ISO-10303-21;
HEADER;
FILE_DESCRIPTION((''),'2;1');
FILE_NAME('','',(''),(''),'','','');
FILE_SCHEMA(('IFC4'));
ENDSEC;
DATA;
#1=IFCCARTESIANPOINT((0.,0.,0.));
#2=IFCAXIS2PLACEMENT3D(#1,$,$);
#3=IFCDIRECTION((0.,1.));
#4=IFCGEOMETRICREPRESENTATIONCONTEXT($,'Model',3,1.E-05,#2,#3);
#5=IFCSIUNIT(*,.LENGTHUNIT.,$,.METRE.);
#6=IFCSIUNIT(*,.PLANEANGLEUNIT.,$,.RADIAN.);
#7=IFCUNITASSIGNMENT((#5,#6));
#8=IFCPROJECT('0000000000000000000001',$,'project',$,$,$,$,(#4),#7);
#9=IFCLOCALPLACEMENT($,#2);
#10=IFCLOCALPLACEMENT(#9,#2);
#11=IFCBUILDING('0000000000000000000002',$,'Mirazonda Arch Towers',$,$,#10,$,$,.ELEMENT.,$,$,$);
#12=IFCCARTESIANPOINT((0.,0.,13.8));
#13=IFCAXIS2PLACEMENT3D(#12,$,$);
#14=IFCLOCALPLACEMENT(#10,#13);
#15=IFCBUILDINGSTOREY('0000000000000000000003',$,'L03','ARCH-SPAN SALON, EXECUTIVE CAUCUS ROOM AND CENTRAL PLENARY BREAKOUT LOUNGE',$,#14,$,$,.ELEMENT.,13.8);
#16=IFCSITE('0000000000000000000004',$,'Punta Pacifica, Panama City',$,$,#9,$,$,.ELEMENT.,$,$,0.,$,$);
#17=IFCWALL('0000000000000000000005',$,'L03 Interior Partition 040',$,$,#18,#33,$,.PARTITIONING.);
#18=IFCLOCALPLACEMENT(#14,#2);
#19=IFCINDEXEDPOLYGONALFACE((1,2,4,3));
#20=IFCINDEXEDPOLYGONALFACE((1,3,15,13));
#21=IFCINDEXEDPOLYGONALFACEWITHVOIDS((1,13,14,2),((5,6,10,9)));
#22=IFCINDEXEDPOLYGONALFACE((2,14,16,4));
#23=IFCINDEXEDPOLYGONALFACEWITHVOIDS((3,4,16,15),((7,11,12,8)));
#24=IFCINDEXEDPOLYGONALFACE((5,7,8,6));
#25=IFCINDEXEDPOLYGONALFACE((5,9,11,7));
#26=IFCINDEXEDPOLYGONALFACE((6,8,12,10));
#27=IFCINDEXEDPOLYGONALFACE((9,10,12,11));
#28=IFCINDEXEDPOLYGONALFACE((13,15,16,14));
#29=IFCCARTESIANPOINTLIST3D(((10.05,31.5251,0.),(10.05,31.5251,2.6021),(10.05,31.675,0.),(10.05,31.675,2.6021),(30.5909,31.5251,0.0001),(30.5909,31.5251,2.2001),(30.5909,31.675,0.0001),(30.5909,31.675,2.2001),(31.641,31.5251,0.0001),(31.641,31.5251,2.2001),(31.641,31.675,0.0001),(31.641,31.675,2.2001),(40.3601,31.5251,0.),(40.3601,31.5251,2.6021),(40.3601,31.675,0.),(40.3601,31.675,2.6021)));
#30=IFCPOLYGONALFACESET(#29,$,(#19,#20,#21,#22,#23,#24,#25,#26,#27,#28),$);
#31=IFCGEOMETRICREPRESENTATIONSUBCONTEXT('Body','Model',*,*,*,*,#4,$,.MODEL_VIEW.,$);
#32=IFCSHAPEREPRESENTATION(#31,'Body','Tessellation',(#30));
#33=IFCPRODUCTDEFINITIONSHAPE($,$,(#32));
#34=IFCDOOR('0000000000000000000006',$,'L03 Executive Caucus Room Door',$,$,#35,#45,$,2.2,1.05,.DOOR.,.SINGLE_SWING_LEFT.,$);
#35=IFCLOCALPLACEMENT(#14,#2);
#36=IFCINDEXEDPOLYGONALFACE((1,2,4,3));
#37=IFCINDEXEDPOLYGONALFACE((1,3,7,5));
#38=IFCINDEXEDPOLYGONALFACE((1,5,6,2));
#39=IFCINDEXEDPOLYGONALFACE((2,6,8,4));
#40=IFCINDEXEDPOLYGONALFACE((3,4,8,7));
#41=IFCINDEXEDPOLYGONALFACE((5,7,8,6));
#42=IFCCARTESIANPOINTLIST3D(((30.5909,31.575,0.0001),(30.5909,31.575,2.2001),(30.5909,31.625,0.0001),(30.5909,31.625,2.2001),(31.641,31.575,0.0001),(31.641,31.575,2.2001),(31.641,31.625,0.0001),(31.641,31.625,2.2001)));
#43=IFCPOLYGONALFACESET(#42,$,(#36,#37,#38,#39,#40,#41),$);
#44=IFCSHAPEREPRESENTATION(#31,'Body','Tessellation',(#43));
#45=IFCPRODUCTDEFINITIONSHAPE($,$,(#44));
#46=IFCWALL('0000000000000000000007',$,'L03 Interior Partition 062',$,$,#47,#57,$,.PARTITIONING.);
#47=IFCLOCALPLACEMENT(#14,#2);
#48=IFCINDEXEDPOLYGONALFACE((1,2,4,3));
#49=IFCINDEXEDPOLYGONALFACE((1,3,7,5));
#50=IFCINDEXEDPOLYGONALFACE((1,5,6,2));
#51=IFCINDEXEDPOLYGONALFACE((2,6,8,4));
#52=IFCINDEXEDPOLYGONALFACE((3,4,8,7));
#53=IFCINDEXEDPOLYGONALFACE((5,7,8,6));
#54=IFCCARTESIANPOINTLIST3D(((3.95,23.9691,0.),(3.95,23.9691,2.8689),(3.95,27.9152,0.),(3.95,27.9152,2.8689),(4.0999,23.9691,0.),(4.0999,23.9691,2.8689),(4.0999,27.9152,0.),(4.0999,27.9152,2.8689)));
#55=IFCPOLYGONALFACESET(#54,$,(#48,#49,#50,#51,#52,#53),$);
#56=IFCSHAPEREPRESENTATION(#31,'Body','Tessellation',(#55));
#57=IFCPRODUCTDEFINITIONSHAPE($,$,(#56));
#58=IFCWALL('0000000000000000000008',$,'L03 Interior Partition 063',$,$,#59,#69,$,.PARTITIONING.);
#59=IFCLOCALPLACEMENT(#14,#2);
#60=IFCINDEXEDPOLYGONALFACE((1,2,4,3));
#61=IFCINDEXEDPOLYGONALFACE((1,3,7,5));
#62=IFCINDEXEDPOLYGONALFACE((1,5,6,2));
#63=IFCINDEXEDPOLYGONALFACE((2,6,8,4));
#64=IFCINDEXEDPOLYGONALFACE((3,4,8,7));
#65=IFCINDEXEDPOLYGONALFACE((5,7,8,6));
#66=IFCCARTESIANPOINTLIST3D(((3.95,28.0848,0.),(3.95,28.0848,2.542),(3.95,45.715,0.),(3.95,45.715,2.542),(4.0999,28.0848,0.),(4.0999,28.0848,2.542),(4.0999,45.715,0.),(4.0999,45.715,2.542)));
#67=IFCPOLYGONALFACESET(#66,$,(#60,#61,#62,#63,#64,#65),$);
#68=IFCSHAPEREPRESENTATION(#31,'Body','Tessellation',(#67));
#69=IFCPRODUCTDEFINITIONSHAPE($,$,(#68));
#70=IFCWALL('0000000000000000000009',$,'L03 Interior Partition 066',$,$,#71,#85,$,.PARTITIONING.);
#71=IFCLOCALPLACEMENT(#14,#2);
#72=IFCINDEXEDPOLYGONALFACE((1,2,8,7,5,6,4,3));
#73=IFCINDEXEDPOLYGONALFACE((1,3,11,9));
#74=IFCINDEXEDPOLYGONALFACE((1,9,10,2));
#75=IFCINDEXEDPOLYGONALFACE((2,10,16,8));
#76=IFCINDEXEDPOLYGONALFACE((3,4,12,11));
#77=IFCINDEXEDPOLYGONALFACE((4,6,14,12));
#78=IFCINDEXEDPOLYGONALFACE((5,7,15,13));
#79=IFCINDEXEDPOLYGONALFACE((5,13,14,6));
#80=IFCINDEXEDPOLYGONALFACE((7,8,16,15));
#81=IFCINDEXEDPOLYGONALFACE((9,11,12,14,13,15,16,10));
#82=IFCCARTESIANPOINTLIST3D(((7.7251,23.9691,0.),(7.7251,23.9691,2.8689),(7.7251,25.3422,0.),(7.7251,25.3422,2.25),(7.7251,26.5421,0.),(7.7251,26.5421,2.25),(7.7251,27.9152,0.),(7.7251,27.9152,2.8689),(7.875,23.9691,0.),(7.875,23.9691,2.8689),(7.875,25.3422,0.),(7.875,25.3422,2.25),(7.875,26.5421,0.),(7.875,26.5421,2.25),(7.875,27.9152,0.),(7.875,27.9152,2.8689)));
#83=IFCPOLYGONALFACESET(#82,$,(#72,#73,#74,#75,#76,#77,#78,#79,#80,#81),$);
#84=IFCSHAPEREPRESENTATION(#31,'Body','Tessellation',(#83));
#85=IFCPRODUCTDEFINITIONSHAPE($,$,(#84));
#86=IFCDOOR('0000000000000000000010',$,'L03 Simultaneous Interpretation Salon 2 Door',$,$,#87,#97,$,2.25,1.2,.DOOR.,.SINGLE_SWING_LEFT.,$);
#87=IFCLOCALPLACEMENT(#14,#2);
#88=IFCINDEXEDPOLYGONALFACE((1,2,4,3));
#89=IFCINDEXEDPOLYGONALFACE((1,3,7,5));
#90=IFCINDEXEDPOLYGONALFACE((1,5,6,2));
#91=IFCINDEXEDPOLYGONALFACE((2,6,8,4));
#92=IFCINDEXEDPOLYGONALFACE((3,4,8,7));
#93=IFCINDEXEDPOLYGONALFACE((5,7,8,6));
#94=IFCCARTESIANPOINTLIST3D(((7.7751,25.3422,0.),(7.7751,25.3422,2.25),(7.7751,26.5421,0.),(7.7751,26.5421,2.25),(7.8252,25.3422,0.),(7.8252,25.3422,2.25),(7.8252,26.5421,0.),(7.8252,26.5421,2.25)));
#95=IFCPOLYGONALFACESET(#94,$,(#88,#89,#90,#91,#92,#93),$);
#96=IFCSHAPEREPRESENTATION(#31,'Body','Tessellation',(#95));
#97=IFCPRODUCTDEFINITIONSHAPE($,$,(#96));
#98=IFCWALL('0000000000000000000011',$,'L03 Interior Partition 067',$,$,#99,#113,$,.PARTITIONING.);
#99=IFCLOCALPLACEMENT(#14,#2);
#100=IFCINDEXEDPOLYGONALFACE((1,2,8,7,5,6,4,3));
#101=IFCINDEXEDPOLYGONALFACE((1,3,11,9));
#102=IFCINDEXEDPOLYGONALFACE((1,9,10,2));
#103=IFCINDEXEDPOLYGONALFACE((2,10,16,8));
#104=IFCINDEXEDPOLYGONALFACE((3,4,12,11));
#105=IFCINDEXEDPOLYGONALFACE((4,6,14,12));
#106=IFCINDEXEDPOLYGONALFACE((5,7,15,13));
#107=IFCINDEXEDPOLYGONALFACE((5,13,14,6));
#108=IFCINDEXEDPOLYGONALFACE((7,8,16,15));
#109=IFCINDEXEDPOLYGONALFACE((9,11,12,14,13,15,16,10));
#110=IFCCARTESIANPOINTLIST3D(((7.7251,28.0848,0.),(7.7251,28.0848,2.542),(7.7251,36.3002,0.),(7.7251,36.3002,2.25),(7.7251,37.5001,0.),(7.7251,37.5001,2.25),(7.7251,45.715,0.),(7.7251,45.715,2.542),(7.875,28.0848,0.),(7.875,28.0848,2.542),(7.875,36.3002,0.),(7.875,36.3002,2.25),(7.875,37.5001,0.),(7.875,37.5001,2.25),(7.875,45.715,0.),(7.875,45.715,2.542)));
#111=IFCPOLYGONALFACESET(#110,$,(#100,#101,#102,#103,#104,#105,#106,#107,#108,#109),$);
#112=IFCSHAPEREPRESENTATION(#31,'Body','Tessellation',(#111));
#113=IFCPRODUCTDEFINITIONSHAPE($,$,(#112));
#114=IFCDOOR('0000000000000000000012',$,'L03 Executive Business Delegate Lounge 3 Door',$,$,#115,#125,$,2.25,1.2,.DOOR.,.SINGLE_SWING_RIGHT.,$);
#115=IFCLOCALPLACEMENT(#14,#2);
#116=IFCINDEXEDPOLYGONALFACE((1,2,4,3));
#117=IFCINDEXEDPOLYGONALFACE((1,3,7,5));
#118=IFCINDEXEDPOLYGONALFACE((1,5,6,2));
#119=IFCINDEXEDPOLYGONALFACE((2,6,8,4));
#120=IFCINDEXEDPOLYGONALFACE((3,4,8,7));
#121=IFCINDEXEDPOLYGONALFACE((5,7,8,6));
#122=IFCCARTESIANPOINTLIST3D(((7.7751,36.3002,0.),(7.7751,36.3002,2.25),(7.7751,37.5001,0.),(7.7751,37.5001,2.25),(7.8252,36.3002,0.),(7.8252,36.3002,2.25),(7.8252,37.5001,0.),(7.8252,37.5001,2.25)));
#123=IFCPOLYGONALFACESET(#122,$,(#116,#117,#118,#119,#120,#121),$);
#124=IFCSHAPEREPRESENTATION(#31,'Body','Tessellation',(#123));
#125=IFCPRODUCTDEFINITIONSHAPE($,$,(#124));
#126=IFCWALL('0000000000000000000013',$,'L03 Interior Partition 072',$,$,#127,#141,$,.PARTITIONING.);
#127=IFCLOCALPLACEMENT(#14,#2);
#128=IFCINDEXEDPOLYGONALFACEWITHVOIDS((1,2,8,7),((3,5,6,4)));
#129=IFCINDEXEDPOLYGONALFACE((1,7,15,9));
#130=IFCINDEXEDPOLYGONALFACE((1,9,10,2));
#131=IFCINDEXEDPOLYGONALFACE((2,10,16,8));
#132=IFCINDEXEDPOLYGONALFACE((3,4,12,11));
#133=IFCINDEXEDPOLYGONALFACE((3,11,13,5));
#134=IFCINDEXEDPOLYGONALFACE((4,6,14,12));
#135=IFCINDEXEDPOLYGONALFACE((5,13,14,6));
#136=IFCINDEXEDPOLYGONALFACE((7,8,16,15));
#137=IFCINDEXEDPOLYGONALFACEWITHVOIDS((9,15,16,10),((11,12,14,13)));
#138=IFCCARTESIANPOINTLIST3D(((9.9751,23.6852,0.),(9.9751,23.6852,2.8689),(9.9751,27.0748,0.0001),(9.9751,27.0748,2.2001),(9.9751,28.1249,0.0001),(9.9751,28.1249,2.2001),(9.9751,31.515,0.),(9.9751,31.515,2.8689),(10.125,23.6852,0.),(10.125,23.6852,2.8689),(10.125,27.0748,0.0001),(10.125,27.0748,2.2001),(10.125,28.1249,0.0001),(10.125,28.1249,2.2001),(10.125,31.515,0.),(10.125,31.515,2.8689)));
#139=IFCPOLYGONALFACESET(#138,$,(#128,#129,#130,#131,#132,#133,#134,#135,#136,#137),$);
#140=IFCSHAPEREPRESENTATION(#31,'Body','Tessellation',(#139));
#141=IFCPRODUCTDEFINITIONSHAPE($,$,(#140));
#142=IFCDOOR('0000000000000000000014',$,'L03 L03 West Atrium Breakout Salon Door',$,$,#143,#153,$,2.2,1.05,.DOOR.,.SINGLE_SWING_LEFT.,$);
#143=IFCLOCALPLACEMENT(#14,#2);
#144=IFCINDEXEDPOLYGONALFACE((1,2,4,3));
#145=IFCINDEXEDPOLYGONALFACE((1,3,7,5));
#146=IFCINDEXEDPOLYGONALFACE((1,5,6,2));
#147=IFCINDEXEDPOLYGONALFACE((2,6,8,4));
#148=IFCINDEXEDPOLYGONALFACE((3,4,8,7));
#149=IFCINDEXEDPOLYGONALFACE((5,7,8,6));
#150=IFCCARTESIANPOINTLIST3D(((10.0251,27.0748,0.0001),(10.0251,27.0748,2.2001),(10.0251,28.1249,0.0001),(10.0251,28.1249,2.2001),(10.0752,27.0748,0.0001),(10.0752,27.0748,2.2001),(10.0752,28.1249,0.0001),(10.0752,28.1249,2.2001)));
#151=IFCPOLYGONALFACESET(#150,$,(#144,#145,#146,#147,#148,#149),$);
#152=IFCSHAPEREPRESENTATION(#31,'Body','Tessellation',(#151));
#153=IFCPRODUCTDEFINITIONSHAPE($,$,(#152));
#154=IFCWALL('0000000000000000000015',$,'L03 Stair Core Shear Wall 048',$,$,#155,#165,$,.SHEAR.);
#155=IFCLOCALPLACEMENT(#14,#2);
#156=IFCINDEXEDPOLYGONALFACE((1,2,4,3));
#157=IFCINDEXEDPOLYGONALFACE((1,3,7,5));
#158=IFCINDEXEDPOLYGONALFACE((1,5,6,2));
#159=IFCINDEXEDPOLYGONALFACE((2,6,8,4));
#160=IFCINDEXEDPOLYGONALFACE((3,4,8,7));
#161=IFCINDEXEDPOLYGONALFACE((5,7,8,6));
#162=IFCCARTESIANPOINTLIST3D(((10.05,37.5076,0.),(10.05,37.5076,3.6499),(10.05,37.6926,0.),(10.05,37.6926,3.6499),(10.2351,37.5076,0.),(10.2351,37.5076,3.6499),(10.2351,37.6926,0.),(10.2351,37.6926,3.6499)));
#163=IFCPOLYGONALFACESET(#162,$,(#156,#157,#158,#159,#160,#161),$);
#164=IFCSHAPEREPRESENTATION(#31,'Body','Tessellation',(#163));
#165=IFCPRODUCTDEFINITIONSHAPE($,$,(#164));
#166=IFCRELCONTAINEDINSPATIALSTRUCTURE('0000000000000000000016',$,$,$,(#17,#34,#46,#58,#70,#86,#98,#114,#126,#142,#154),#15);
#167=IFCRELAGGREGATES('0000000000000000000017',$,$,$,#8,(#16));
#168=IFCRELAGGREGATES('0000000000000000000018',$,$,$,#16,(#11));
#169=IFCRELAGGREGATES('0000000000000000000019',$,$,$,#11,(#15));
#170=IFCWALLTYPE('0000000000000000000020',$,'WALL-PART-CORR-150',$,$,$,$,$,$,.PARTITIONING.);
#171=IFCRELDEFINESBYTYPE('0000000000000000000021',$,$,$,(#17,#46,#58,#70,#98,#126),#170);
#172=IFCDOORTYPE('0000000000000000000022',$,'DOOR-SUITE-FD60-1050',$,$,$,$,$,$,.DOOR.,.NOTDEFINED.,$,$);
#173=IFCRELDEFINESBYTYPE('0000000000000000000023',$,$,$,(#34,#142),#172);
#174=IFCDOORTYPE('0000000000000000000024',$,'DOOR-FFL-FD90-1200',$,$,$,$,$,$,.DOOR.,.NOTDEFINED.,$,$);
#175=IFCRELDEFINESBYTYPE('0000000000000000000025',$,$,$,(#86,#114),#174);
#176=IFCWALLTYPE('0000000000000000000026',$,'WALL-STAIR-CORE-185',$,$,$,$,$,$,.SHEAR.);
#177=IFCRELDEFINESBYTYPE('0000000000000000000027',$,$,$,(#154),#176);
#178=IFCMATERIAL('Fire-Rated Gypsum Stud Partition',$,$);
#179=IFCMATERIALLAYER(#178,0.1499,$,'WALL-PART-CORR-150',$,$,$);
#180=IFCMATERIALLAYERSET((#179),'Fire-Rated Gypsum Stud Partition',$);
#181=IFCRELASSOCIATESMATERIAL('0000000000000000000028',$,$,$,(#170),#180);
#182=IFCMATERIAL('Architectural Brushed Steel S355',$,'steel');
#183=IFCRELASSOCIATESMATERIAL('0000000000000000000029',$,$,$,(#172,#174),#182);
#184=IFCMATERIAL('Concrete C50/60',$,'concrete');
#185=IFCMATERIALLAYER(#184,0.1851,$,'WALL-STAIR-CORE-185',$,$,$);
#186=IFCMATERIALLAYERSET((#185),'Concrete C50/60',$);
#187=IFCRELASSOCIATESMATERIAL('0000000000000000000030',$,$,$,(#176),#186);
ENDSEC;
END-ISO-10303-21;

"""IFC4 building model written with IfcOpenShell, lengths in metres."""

from ifc_helpers import new_model, si_unit, direction, frame, frame_2d, origin, place, context, subcontext, project, spatial, rectangle, extrude, material, layer, layer_set, type_object, element, fill, save


model = new_model("IFC4")

# Units and contexts
model_context = context("Model", 3, precision=1e-05, world=origin(), true_north=direction((0.0, 1.0)))
body_context = subcontext(model_context, "Body", "Model", "MODEL_VIEW")
ifc_project = project(units=[si_unit("LENGTHUNIT", "METRE"), si_unit("PLANEANGLEUNIT", "RADIAN")], contexts=[model_context])

# Site, building, storey
site_placement = place(None, origin())
site = spatial("IfcSite", under=ifc_project, at=site_placement, Name="Punta Pacifica, Panama City", CompositionType="ELEMENT", RefElevation=0.0)
building_placement = place(site_placement, origin())
building = spatial("IfcBuilding", under=site, at=building_placement, Name="Mirazonda Arch Towers", CompositionType="ELEMENT")
storey_placement = place(building_placement, frame((0.0, 0.0, 13.8)))
storey = spatial("IfcBuildingStorey", under=building, at=storey_placement, Name="L03", Description="ARCH-SPAN SALON, EXECUTIVE CAUCUS ROOM AND CENTRAL PLENARY BREAKOUT LOUNGE", CompositionType="ELEMENT", Elevation=13.8)

# Shared definitions
ifc_material_1 = material(Name="Fire-Rated Gypsum Stud Partition")
ifc_layer_1 = layer(ifc_material_1, 0.1499, Name="WALL-PART-CORR-150")
ifc_layer_set_1 = layer_set([ifc_layer_1], Name="Fire-Rated Gypsum Stud Partition")
wall_type_1 = type_object("IfcWallType", Name="WALL-PART-CORR-150", PredefinedType="PARTITIONING", material=ifc_layer_set_1)

# Wall, opening, door
wall_1_placement = place(storey_placement, frame((10.05, 31.6001, 0.0), z_axis=(0.0, 0.0, 1.0), x_axis=(1.0, 0.0, 0.0)))
wall_1 = element("IfcWall", 1, at=wall_1_placement, inside=storey, type_object=wall_type_1, Name="L03 Interior Partition 040", PredefinedType="PARTITIONING", context=body_context, shape_type="SweptSolid", body=[
    extrude(rectangle(XDim=30.3101, YDim=0.1499, at=frame_2d((15.155, 0.0))), origin(), (0.0, 0.0, 1.0), 2.6021),
])
opening_1_placement = place(wall_1_placement, frame((20.541, 0.0, 0.0)))
opening_1 = element("IfcOpeningElement", 2, at=opening_1_placement, cuts=wall_1, PredefinedType="OPENING", context=body_context, shape_type="SweptSolid", body=[
    extrude(rectangle(XDim=1.05, YDim=2.2, at=frame_2d((0.5249, 1.1001))), frame((0.0, 0.085, 0.0), z_axis=(0.0, -1.0, 0.0), x_axis=(1.0, 0.0, 0.0)), (0.0, 0.0, 1.0), 0.1699),
])
ifc_material_2 = material(Name="Architectural Brushed Steel S355", Category="steel")
door_type_1 = type_object("IfcDoorType", Name="DOOR-SUITE-FD60-1050", OperationType="NOTDEFINED", PredefinedType="DOOR", material=ifc_material_2)
door_1_placement = place(opening_1_placement, origin())
door_1 = element("IfcDoor", 3, at=door_1_placement, inside=storey, type_object=door_type_1, Name="L03 Executive Caucus Room Door", OperationType="SINGLE_SWING_LEFT", OverallHeight=2.2, OverallWidth=1.05, PredefinedType="DOOR", context=body_context, shape_type="SweptSolid", body=[
    extrude(rectangle(XDim=1.05, YDim=2.2, at=frame_2d((0.5249, 1.1001))), frame((0.0, 0.0249, 0.0), z_axis=(0.0, -1.0, 0.0), x_axis=(1.0, 0.0, 0.0)), (0.0, 0.0, 1.0), 0.05),
])
fill(opening_1, door_1)

# Walls
wall_2_placement = place(storey_placement, frame((4.0249, 23.969, 0.0), z_axis=(0.0, 0.0, 1.0), x_axis=(0.0, 1.0, 0.0)))
element("IfcWall", 4, at=wall_2_placement, inside=storey, type_object=wall_type_1, Name="L03 Interior Partition 062", PredefinedType="PARTITIONING", context=body_context, shape_type="SweptSolid", body=[
    extrude(rectangle(XDim=3.946, YDim=0.1499, at=frame_2d((1.9731, 0.0))), origin(), (0.0, 0.0, 1.0), 2.8689),
])
wall_3_placement = place(storey_placement, frame((4.0249, 28.085, 0.0), z_axis=(0.0, 0.0, 1.0), x_axis=(0.0, 1.0, 0.0)))
element("IfcWall", 5, at=wall_3_placement, inside=storey, type_object=wall_type_1, Name="L03 Interior Partition 063", PredefinedType="PARTITIONING", context=body_context, shape_type="SweptSolid", body=[
    extrude(rectangle(XDim=17.6301, YDim=0.1499, at=frame_2d((8.8149, 0.0))), origin(), (0.0, 0.0, 1.0), 2.542),
])

# Walls, openings, doors
wall_4_placement = place(storey_placement, frame((7.8, 23.969, 0.0), z_axis=(0.0, 0.0, 1.0), x_axis=(0.0, 1.0, 0.0)))
wall_4 = element("IfcWall", 6, at=wall_4_placement, inside=storey, type_object=wall_type_1, Name="L03 Interior Partition 066", PredefinedType="PARTITIONING", context=body_context, shape_type="SweptSolid", body=[
    extrude(rectangle(XDim=3.946, YDim=0.1499, at=frame_2d((1.9731, 0.0))), origin(), (0.0, 0.0, 1.0), 2.8689),
])
opening_2_placement = place(wall_4_placement, frame((1.373, 0.0, 0.0)))
opening_2 = element("IfcOpeningElement", 7, at=opening_2_placement, cuts=wall_4, PredefinedType="OPENING", context=body_context, shape_type="SweptSolid", body=[
    extrude(rectangle(XDim=1.2, YDim=2.25, at=frame_2d((0.6001, 1.125))), frame((0.0, 0.085, 0.0), z_axis=(0.0, -1.0, 0.0), x_axis=(1.0, 0.0, 0.0)), (0.0, 0.0, 1.0), 0.1699),
])
door_type_2 = type_object("IfcDoorType", Name="DOOR-FFL-FD90-1200", OperationType="NOTDEFINED", PredefinedType="DOOR", material=ifc_material_2)
door_2_placement = place(opening_2_placement, origin())
door_2 = element("IfcDoor", 8, at=door_2_placement, inside=storey, type_object=door_type_2, Name="L03 Simultaneous Interpretation Salon 2 Door", OperationType="SINGLE_SWING_LEFT", OverallHeight=2.25, OverallWidth=1.2, PredefinedType="DOOR", context=body_context, shape_type="SweptSolid", body=[
    extrude(rectangle(XDim=1.2, YDim=2.25, at=frame_2d((0.6001, 1.125))), frame((0.0, 0.0249, 0.0), z_axis=(0.0, -1.0, 0.0), x_axis=(1.0, 0.0, 0.0)), (0.0, 0.0, 1.0), 0.05),
])
fill(opening_2, door_2)
wall_5_placement = place(storey_placement, frame((7.8, 28.085, 0.0), z_axis=(0.0, 0.0, 1.0), x_axis=(0.0, 1.0, 0.0)))
wall_5 = element("IfcWall", 9, at=wall_5_placement, inside=storey, type_object=wall_type_1, Name="L03 Interior Partition 067", PredefinedType="PARTITIONING", context=body_context, shape_type="SweptSolid", body=[
    extrude(rectangle(XDim=17.6301, YDim=0.1499, at=frame_2d((8.8149, 0.0))), origin(), (0.0, 0.0, 1.0), 2.542),
])
opening_3_placement = place(wall_5_placement, frame((8.2151, 0.0, 0.0)))
opening_3 = element("IfcOpeningElement", 10, at=opening_3_placement, cuts=wall_5, PredefinedType="OPENING", context=body_context, shape_type="SweptSolid", body=[
    extrude(rectangle(XDim=1.2, YDim=2.25, at=frame_2d((0.6001, 1.125))), frame((0.0, 0.085, 0.0), z_axis=(0.0, -1.0, 0.0), x_axis=(1.0, 0.0, 0.0)), (0.0, 0.0, 1.0), 0.1699),
])
door_3_placement = place(opening_3_placement, origin())
door_3 = element("IfcDoor", 11, at=door_3_placement, inside=storey, type_object=door_type_2, Name="L03 Executive Business Delegate Lounge 3 Door", OperationType="SINGLE_SWING_RIGHT", OverallHeight=2.25, OverallWidth=1.2, PredefinedType="DOOR", context=body_context, shape_type="SweptSolid", body=[
    extrude(rectangle(XDim=1.2, YDim=2.25, at=frame_2d((0.6001, 1.125))), frame((0.0, 0.0249, 0.0), z_axis=(0.0, -1.0, 0.0), x_axis=(1.0, 0.0, 0.0)), (0.0, 0.0, 1.0), 0.05),
])
fill(opening_3, door_3)
wall_6_placement = place(storey_placement, frame((10.05, 23.6851, 0.0), z_axis=(0.0, 0.0, 1.0), x_axis=(0.0, 1.0, 0.0)))
wall_6 = element("IfcWall", 12, at=wall_6_placement, inside=storey, type_object=wall_type_1, Name="L03 Interior Partition 072", PredefinedType="PARTITIONING", context=body_context, shape_type="SweptSolid", body=[
    extrude(rectangle(XDim=7.8298, YDim=0.1499, at=frame_2d((3.915, 0.0))), origin(), (0.0, 0.0, 1.0), 2.8689),
])
opening_4_placement = place(wall_6_placement, frame((3.3899, 0.0, 0.0)))
opening_4 = element("IfcOpeningElement", 13, at=opening_4_placement, cuts=wall_6, PredefinedType="OPENING", context=body_context, shape_type="SweptSolid", body=[
    extrude(rectangle(XDim=1.05, YDim=2.2, at=frame_2d((0.5249, 1.1001))), frame((0.0, 0.085, 0.0), z_axis=(0.0, -1.0, 0.0), x_axis=(1.0, 0.0, 0.0)), (0.0, 0.0, 1.0), 0.1699),
])
door_4_placement = place(opening_4_placement, origin())
door_4 = element("IfcDoor", 14, at=door_4_placement, inside=storey, type_object=door_type_1, Name="L03 L03 West Atrium Breakout Salon Door", OperationType="SINGLE_SWING_LEFT", OverallHeight=2.2, OverallWidth=1.05, PredefinedType="DOOR", context=body_context, shape_type="SweptSolid", body=[
    extrude(rectangle(XDim=1.05, YDim=2.2, at=frame_2d((0.5249, 1.1001))), frame((0.0, 0.0249, 0.0), z_axis=(0.0, -1.0, 0.0), x_axis=(1.0, 0.0, 0.0)), (0.0, 0.0, 1.0), 0.05),
])
fill(opening_4, door_4)

# Wall
ifc_material_3 = material(Name="Concrete C50/60", Category="concrete")
ifc_layer_2 = layer(ifc_material_3, 0.1851, Name="WALL-STAIR-CORE-185")
ifc_layer_set_2 = layer_set([ifc_layer_2], Name="Concrete C50/60")
wall_type_2 = type_object("IfcWallType", Name="WALL-STAIR-CORE-185", PredefinedType="SHEAR", material=ifc_layer_set_2)
wall_7_placement = place(storey_placement, frame((10.05, 37.6001, 0.0), z_axis=(0.0, 0.0, 1.0), x_axis=(1.0, 0.0, 0.0)))
element("IfcWall", 15, at=wall_7_placement, inside=storey, type_object=wall_type_2, Name="L03 Stair Core Shear Wall 048", PredefinedType="SHEAR", context=body_context, shape_type="SweptSolid", body=[
    extrude(rectangle(XDim=0.1851, YDim=0.1851, at=frame_2d((0.0925, 0.0))), origin(), (0.0, 0.0, 1.0), 3.6499),
])

save(model, "model.ifc")
